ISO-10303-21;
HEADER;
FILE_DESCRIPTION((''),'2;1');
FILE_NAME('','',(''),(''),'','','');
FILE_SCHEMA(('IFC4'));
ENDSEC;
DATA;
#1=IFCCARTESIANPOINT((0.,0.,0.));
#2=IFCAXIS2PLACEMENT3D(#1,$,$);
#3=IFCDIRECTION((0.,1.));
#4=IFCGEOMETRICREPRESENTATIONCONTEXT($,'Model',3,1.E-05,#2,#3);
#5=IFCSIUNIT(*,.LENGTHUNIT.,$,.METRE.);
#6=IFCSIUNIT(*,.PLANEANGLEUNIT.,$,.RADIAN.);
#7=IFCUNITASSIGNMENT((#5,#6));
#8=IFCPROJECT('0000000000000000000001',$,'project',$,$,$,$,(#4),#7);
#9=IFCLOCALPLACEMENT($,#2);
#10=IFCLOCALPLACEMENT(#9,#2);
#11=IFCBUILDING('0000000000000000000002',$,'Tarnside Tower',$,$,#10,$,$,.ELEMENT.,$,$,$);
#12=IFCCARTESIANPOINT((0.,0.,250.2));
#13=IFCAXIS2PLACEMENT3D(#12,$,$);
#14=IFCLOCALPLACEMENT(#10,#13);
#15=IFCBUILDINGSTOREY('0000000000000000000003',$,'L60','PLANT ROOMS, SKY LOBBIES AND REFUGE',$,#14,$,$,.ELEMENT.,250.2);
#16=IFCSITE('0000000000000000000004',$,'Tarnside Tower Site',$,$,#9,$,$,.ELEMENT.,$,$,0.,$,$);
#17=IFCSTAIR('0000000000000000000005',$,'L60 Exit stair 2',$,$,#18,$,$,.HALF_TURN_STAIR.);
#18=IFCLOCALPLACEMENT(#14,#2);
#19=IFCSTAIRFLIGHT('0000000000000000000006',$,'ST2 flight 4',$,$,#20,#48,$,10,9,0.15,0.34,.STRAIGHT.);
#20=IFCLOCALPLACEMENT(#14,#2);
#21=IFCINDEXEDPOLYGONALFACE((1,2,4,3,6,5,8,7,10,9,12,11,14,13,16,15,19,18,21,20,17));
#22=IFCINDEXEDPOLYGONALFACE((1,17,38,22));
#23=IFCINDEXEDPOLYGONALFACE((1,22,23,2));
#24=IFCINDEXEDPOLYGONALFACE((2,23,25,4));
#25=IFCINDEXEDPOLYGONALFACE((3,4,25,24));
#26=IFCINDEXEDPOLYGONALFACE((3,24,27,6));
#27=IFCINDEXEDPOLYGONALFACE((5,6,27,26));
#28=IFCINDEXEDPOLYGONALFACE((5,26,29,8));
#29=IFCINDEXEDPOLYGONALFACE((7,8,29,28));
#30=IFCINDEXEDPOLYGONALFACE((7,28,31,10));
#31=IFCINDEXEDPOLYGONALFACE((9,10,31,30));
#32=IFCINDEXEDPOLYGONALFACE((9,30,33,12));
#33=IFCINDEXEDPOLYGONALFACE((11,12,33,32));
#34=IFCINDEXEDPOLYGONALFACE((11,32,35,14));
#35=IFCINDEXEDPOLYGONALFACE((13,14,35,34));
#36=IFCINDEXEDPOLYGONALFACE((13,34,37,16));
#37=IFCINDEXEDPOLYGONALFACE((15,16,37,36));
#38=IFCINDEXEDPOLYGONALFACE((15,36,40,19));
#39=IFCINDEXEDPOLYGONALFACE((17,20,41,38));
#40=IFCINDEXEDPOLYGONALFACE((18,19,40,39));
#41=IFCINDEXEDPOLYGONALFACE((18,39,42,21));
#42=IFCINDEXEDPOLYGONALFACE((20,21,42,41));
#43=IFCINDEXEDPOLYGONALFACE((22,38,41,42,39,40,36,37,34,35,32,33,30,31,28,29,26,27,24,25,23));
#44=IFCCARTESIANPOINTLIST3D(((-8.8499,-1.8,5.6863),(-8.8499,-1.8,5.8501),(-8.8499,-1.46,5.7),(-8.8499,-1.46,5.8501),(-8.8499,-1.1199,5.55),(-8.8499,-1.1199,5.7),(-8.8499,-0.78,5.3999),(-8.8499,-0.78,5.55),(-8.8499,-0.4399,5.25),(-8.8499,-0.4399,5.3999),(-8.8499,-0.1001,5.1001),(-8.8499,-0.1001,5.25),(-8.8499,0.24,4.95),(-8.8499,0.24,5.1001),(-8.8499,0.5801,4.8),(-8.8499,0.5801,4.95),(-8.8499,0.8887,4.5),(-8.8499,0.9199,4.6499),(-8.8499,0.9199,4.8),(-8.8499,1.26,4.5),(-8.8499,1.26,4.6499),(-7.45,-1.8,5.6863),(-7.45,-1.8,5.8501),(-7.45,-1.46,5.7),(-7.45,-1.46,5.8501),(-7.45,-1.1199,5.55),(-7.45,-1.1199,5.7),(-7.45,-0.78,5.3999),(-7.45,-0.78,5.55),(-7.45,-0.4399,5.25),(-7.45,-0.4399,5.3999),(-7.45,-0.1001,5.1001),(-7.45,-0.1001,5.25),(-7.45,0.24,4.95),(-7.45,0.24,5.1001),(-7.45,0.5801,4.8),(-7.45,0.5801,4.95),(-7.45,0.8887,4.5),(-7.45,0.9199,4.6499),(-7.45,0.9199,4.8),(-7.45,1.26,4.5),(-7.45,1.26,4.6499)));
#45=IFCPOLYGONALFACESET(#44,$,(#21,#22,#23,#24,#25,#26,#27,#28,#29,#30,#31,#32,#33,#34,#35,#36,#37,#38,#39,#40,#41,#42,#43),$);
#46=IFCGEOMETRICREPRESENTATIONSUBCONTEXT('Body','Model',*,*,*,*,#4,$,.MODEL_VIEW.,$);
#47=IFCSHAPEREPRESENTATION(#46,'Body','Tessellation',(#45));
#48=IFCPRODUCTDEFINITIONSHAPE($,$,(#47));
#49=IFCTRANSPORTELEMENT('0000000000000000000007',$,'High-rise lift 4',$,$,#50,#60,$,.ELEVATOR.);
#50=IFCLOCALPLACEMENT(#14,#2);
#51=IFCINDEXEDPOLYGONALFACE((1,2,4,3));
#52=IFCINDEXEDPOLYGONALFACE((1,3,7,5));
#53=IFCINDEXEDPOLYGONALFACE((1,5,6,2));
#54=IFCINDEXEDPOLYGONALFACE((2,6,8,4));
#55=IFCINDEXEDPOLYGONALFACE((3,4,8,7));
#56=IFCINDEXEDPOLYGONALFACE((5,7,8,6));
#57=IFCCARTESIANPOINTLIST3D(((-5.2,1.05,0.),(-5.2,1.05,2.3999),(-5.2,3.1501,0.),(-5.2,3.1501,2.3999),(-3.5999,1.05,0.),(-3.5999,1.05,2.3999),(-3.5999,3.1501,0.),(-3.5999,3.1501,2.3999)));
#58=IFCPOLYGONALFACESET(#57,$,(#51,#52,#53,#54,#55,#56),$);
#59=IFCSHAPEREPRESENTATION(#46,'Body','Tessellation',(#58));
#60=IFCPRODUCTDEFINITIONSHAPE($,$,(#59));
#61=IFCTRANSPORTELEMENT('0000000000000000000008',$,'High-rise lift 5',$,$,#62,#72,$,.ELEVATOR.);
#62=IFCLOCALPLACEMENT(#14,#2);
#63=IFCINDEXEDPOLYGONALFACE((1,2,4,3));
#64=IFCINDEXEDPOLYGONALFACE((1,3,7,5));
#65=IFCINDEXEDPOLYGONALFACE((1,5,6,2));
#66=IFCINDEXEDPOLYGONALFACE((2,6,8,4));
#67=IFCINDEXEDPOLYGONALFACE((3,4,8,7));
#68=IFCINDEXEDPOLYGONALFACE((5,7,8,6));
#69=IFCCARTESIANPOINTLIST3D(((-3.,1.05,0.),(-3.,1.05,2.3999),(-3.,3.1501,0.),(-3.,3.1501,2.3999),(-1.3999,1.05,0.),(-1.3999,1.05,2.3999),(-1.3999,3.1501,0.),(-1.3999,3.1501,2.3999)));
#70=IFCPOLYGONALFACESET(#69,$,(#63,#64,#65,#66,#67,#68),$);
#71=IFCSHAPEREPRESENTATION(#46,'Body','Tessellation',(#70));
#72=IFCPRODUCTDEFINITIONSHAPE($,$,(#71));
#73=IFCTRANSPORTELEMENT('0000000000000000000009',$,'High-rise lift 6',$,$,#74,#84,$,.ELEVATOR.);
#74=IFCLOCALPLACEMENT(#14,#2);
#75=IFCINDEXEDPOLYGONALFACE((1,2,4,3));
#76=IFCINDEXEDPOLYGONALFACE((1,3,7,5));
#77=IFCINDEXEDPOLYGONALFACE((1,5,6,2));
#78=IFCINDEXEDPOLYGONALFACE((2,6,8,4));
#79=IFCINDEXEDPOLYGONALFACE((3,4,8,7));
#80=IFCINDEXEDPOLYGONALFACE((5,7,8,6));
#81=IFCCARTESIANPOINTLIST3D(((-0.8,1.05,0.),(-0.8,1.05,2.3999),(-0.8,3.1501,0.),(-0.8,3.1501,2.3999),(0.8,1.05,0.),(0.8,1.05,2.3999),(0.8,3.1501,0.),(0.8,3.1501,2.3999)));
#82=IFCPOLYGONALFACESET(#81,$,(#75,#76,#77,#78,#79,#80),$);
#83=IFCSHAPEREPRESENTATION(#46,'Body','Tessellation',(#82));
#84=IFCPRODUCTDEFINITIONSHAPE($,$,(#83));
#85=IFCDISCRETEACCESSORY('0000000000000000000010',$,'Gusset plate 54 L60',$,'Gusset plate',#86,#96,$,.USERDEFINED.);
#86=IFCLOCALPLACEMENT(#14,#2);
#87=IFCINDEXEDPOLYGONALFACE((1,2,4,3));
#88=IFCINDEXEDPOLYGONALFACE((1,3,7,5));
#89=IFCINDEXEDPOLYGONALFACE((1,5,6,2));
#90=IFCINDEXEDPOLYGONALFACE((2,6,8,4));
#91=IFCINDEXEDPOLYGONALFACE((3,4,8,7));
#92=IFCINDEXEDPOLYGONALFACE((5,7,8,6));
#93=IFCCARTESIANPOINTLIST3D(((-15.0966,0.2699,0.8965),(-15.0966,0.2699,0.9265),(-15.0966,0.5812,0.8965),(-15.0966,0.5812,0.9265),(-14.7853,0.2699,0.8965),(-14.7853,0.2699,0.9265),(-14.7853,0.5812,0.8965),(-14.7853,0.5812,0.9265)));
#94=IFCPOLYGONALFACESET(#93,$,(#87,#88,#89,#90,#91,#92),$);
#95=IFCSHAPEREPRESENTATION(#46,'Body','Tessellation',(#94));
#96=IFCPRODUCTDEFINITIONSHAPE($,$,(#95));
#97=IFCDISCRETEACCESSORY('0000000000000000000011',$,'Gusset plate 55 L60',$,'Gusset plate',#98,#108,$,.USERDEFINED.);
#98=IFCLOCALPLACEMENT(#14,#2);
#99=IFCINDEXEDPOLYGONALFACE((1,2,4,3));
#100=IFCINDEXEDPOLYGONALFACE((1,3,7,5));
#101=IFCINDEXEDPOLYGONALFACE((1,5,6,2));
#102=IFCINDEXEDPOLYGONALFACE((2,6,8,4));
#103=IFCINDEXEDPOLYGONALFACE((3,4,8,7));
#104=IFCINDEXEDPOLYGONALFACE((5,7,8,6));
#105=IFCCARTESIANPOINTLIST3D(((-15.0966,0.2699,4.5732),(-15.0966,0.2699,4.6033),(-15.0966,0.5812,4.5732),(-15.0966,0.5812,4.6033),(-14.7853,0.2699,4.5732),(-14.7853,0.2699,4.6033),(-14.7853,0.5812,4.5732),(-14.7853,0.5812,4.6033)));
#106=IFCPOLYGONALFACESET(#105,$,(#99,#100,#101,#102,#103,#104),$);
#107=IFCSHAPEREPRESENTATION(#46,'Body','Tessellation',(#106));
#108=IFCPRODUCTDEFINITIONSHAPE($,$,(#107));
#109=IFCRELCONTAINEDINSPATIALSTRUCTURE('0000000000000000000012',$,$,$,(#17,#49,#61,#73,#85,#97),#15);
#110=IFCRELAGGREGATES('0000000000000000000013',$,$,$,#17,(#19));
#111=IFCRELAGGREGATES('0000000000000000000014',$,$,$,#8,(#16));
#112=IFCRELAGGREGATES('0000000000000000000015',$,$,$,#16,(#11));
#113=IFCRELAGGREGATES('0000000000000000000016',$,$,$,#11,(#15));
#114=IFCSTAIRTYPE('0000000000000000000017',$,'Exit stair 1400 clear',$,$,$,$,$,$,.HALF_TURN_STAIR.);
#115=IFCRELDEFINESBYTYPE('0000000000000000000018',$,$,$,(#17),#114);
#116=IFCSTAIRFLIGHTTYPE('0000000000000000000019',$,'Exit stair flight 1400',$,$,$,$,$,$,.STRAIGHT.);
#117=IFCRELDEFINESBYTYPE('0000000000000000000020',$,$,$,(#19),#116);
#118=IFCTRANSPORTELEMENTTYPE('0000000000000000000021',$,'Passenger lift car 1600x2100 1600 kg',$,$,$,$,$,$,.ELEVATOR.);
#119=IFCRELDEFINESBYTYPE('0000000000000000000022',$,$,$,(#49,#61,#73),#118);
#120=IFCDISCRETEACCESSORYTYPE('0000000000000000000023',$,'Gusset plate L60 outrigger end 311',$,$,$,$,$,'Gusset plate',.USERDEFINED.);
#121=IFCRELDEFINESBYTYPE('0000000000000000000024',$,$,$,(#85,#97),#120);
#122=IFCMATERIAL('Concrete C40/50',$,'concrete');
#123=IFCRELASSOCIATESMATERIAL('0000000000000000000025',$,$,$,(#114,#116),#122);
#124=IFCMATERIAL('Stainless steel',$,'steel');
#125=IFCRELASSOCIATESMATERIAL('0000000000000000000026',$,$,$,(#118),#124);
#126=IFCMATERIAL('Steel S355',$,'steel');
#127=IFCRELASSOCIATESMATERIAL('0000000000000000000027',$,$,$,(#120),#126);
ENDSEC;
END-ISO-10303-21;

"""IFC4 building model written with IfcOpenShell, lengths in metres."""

from ifc_helpers import new_model, si_unit, direction, frame, origin, origin_2d, place, context, subcontext, project, spatial, polyline, rectangle, outline, extrude, material, type_object, element, aggregate, save


model = new_model("IFC4")

# Units and contexts
model_context = context("Model", 3, precision=1e-05, world=origin(), true_north=direction((0.0, 1.0)))
body_context = subcontext(model_context, "Body", "Model", "MODEL_VIEW")
ifc_project = project(units=[si_unit("LENGTHUNIT", "METRE"), si_unit("PLANEANGLEUNIT", "RADIAN")], contexts=[model_context])

# Site, building, storey
site_placement = place(None, origin())
site = spatial("IfcSite", under=ifc_project, at=site_placement, Name="Tarnside Tower Site", CompositionType="ELEMENT", RefElevation=0.0)
building_placement = place(site_placement, origin())
building = spatial("IfcBuilding", under=site, at=building_placement, Name="Tarnside Tower", CompositionType="ELEMENT")
storey_placement = place(building_placement, frame((0.0, 0.0, 250.2)))
storey = spatial("IfcBuildingStorey", under=building, at=storey_placement, Name="L60", Description="PLANT ROOMS, SKY LOBBIES AND REFUGE", CompositionType="ELEMENT", Elevation=250.2)

# Shared definitions
ifc_material_1 = material(Name="Steel S355", Category="steel")

# Shared definitions
ifc_material_2 = material(Name="Concrete C40/50", Category="concrete")
ifc_material_3 = material(Name="Stainless steel", Category="steel")

# Stair, stair flight
stair_type = type_object("IfcStairType", Name="Exit stair 1400 clear", PredefinedType="HALF_TURN_STAIR", material=ifc_material_2)
stair_placement = place(storey_placement, origin())
stair = element("IfcStair", 1, at=stair_placement, inside=storey, type_object=stair_type, Name="L60 Exit stair 2", PredefinedType="HALF_TURN_STAIR")
stair_flight_type = type_object("IfcStairFlightType", Name="Exit stair flight 1400", PredefinedType="STRAIGHT", material=ifc_material_2)
stair_flight_1_placement = place(storey_placement, frame((-8.1499, 1.26, 4.5), z_axis=(0.0, 0.0, 1.0), x_axis=(0.0, -1.0, 0.0)))
stair_flight_1 = element("IfcStairFlight", 2, at=stair_flight_1_placement, type_object=stair_flight_type, Name="ST2 flight 4", NumberOfRisers=10, NumberOfTreads=9, PredefinedType="STRAIGHT", RiserHeight=0.15, TreadLength=0.34, context=body_context, shape_type="SweptSolid", body=[
    extrude(outline(polyline([(0.0, 0.0), (0.0, 0.1499), (0.3401, 0.1499), (0.3401, 0.3), (0.6799, 0.3), (0.6799, 0.45), (1.02, 0.45), (1.02, 0.6001), (1.3601, 0.6001), (1.3601, 0.75), (1.7, 0.75), (1.7, 0.8999), (2.04, 0.8999), (2.04, 1.05), (2.3799, 1.05), (2.3799, 1.2), (2.72, 1.2), (2.72, 1.3501), (3.0601, 1.3501), (3.0601, 1.5), (3.0601, 1.1863), (0.3713, 0.0), (0.0, 0.0)])), frame((0.0, 0.7, 0.0), z_axis=(0.0, -1.0, 0.0), x_axis=(1.0, 0.0, 0.0)), (0.0, 0.0, 1.0), 1.3999),
])
aggregate(stair, [stair_flight_1])

# Transport elements
transport_element_type = type_object("IfcTransportElementType", Name="Passenger lift car 1600x2100 1600 kg", PredefinedType="ELEVATOR", material=ifc_material_3)
for number, where, z_axis, x_axis, name in (
    (3, (-4.3999, 2.1001, 0.0), (0.0, 0.0, 1.0), (1.0, 0.0, 0.0), "High-rise lift 4"),
    (4, (-2.2, 2.1001, 0.0), (0.0, 0.0, 1.0), (1.0, 0.0, 0.0), "High-rise lift 5"),
    (5, (0.0, 2.1001, 0.0), (0.0, 0.0, 1.0), (1.0, 0.0, 0.0), "High-rise lift 6"),
):
    element("IfcTransportElement", number, at=place(storey_placement, frame(where, z_axis=z_axis, x_axis=x_axis)), inside=storey, type_object=transport_element_type, Name=name, PredefinedType="ELEVATOR", context=body_context, shape_type="SweptSolid", body=[
        extrude(rectangle(XDim=1.6001, YDim=2.1001, at=origin_2d()), origin(), (0.0, 0.0, 1.0), 2.3999),
    ])

# Discrete accessories
discrete_accessory_type = type_object("IfcDiscreteAccessoryType", Name="Gusset plate L60 outrigger end 311", ElementType="Gusset plate", PredefinedType="USERDEFINED", material=ifc_material_1)
for number, where, z_axis, x_axis, name in (
    (6, (-14.9409, 0.4255, 0.8965), (0.0, 0.0, 1.0), (1.0, 0.0, 0.0), "Gusset plate 54 L60"),
    (7, (-14.9409, 0.4255, 4.5732), (0.0, 0.0, 1.0), (1.0, 0.0, 0.0), "Gusset plate 55 L60"),
):
    element("IfcDiscreteAccessory", number, at=place(storey_placement, frame(where, z_axis=z_axis, x_axis=x_axis)), inside=storey, type_object=discrete_accessory_type, Name=name, ObjectType="Gusset plate", PredefinedType="USERDEFINED", context=body_context, shape_type="SweptSolid", body=[
        extrude(rectangle(XDim=0.3113, YDim=0.3113, at=origin_2d()), origin(), (0.0, 0.0, 1.0), 0.03),
    ])

save(model, "model.ifc")
